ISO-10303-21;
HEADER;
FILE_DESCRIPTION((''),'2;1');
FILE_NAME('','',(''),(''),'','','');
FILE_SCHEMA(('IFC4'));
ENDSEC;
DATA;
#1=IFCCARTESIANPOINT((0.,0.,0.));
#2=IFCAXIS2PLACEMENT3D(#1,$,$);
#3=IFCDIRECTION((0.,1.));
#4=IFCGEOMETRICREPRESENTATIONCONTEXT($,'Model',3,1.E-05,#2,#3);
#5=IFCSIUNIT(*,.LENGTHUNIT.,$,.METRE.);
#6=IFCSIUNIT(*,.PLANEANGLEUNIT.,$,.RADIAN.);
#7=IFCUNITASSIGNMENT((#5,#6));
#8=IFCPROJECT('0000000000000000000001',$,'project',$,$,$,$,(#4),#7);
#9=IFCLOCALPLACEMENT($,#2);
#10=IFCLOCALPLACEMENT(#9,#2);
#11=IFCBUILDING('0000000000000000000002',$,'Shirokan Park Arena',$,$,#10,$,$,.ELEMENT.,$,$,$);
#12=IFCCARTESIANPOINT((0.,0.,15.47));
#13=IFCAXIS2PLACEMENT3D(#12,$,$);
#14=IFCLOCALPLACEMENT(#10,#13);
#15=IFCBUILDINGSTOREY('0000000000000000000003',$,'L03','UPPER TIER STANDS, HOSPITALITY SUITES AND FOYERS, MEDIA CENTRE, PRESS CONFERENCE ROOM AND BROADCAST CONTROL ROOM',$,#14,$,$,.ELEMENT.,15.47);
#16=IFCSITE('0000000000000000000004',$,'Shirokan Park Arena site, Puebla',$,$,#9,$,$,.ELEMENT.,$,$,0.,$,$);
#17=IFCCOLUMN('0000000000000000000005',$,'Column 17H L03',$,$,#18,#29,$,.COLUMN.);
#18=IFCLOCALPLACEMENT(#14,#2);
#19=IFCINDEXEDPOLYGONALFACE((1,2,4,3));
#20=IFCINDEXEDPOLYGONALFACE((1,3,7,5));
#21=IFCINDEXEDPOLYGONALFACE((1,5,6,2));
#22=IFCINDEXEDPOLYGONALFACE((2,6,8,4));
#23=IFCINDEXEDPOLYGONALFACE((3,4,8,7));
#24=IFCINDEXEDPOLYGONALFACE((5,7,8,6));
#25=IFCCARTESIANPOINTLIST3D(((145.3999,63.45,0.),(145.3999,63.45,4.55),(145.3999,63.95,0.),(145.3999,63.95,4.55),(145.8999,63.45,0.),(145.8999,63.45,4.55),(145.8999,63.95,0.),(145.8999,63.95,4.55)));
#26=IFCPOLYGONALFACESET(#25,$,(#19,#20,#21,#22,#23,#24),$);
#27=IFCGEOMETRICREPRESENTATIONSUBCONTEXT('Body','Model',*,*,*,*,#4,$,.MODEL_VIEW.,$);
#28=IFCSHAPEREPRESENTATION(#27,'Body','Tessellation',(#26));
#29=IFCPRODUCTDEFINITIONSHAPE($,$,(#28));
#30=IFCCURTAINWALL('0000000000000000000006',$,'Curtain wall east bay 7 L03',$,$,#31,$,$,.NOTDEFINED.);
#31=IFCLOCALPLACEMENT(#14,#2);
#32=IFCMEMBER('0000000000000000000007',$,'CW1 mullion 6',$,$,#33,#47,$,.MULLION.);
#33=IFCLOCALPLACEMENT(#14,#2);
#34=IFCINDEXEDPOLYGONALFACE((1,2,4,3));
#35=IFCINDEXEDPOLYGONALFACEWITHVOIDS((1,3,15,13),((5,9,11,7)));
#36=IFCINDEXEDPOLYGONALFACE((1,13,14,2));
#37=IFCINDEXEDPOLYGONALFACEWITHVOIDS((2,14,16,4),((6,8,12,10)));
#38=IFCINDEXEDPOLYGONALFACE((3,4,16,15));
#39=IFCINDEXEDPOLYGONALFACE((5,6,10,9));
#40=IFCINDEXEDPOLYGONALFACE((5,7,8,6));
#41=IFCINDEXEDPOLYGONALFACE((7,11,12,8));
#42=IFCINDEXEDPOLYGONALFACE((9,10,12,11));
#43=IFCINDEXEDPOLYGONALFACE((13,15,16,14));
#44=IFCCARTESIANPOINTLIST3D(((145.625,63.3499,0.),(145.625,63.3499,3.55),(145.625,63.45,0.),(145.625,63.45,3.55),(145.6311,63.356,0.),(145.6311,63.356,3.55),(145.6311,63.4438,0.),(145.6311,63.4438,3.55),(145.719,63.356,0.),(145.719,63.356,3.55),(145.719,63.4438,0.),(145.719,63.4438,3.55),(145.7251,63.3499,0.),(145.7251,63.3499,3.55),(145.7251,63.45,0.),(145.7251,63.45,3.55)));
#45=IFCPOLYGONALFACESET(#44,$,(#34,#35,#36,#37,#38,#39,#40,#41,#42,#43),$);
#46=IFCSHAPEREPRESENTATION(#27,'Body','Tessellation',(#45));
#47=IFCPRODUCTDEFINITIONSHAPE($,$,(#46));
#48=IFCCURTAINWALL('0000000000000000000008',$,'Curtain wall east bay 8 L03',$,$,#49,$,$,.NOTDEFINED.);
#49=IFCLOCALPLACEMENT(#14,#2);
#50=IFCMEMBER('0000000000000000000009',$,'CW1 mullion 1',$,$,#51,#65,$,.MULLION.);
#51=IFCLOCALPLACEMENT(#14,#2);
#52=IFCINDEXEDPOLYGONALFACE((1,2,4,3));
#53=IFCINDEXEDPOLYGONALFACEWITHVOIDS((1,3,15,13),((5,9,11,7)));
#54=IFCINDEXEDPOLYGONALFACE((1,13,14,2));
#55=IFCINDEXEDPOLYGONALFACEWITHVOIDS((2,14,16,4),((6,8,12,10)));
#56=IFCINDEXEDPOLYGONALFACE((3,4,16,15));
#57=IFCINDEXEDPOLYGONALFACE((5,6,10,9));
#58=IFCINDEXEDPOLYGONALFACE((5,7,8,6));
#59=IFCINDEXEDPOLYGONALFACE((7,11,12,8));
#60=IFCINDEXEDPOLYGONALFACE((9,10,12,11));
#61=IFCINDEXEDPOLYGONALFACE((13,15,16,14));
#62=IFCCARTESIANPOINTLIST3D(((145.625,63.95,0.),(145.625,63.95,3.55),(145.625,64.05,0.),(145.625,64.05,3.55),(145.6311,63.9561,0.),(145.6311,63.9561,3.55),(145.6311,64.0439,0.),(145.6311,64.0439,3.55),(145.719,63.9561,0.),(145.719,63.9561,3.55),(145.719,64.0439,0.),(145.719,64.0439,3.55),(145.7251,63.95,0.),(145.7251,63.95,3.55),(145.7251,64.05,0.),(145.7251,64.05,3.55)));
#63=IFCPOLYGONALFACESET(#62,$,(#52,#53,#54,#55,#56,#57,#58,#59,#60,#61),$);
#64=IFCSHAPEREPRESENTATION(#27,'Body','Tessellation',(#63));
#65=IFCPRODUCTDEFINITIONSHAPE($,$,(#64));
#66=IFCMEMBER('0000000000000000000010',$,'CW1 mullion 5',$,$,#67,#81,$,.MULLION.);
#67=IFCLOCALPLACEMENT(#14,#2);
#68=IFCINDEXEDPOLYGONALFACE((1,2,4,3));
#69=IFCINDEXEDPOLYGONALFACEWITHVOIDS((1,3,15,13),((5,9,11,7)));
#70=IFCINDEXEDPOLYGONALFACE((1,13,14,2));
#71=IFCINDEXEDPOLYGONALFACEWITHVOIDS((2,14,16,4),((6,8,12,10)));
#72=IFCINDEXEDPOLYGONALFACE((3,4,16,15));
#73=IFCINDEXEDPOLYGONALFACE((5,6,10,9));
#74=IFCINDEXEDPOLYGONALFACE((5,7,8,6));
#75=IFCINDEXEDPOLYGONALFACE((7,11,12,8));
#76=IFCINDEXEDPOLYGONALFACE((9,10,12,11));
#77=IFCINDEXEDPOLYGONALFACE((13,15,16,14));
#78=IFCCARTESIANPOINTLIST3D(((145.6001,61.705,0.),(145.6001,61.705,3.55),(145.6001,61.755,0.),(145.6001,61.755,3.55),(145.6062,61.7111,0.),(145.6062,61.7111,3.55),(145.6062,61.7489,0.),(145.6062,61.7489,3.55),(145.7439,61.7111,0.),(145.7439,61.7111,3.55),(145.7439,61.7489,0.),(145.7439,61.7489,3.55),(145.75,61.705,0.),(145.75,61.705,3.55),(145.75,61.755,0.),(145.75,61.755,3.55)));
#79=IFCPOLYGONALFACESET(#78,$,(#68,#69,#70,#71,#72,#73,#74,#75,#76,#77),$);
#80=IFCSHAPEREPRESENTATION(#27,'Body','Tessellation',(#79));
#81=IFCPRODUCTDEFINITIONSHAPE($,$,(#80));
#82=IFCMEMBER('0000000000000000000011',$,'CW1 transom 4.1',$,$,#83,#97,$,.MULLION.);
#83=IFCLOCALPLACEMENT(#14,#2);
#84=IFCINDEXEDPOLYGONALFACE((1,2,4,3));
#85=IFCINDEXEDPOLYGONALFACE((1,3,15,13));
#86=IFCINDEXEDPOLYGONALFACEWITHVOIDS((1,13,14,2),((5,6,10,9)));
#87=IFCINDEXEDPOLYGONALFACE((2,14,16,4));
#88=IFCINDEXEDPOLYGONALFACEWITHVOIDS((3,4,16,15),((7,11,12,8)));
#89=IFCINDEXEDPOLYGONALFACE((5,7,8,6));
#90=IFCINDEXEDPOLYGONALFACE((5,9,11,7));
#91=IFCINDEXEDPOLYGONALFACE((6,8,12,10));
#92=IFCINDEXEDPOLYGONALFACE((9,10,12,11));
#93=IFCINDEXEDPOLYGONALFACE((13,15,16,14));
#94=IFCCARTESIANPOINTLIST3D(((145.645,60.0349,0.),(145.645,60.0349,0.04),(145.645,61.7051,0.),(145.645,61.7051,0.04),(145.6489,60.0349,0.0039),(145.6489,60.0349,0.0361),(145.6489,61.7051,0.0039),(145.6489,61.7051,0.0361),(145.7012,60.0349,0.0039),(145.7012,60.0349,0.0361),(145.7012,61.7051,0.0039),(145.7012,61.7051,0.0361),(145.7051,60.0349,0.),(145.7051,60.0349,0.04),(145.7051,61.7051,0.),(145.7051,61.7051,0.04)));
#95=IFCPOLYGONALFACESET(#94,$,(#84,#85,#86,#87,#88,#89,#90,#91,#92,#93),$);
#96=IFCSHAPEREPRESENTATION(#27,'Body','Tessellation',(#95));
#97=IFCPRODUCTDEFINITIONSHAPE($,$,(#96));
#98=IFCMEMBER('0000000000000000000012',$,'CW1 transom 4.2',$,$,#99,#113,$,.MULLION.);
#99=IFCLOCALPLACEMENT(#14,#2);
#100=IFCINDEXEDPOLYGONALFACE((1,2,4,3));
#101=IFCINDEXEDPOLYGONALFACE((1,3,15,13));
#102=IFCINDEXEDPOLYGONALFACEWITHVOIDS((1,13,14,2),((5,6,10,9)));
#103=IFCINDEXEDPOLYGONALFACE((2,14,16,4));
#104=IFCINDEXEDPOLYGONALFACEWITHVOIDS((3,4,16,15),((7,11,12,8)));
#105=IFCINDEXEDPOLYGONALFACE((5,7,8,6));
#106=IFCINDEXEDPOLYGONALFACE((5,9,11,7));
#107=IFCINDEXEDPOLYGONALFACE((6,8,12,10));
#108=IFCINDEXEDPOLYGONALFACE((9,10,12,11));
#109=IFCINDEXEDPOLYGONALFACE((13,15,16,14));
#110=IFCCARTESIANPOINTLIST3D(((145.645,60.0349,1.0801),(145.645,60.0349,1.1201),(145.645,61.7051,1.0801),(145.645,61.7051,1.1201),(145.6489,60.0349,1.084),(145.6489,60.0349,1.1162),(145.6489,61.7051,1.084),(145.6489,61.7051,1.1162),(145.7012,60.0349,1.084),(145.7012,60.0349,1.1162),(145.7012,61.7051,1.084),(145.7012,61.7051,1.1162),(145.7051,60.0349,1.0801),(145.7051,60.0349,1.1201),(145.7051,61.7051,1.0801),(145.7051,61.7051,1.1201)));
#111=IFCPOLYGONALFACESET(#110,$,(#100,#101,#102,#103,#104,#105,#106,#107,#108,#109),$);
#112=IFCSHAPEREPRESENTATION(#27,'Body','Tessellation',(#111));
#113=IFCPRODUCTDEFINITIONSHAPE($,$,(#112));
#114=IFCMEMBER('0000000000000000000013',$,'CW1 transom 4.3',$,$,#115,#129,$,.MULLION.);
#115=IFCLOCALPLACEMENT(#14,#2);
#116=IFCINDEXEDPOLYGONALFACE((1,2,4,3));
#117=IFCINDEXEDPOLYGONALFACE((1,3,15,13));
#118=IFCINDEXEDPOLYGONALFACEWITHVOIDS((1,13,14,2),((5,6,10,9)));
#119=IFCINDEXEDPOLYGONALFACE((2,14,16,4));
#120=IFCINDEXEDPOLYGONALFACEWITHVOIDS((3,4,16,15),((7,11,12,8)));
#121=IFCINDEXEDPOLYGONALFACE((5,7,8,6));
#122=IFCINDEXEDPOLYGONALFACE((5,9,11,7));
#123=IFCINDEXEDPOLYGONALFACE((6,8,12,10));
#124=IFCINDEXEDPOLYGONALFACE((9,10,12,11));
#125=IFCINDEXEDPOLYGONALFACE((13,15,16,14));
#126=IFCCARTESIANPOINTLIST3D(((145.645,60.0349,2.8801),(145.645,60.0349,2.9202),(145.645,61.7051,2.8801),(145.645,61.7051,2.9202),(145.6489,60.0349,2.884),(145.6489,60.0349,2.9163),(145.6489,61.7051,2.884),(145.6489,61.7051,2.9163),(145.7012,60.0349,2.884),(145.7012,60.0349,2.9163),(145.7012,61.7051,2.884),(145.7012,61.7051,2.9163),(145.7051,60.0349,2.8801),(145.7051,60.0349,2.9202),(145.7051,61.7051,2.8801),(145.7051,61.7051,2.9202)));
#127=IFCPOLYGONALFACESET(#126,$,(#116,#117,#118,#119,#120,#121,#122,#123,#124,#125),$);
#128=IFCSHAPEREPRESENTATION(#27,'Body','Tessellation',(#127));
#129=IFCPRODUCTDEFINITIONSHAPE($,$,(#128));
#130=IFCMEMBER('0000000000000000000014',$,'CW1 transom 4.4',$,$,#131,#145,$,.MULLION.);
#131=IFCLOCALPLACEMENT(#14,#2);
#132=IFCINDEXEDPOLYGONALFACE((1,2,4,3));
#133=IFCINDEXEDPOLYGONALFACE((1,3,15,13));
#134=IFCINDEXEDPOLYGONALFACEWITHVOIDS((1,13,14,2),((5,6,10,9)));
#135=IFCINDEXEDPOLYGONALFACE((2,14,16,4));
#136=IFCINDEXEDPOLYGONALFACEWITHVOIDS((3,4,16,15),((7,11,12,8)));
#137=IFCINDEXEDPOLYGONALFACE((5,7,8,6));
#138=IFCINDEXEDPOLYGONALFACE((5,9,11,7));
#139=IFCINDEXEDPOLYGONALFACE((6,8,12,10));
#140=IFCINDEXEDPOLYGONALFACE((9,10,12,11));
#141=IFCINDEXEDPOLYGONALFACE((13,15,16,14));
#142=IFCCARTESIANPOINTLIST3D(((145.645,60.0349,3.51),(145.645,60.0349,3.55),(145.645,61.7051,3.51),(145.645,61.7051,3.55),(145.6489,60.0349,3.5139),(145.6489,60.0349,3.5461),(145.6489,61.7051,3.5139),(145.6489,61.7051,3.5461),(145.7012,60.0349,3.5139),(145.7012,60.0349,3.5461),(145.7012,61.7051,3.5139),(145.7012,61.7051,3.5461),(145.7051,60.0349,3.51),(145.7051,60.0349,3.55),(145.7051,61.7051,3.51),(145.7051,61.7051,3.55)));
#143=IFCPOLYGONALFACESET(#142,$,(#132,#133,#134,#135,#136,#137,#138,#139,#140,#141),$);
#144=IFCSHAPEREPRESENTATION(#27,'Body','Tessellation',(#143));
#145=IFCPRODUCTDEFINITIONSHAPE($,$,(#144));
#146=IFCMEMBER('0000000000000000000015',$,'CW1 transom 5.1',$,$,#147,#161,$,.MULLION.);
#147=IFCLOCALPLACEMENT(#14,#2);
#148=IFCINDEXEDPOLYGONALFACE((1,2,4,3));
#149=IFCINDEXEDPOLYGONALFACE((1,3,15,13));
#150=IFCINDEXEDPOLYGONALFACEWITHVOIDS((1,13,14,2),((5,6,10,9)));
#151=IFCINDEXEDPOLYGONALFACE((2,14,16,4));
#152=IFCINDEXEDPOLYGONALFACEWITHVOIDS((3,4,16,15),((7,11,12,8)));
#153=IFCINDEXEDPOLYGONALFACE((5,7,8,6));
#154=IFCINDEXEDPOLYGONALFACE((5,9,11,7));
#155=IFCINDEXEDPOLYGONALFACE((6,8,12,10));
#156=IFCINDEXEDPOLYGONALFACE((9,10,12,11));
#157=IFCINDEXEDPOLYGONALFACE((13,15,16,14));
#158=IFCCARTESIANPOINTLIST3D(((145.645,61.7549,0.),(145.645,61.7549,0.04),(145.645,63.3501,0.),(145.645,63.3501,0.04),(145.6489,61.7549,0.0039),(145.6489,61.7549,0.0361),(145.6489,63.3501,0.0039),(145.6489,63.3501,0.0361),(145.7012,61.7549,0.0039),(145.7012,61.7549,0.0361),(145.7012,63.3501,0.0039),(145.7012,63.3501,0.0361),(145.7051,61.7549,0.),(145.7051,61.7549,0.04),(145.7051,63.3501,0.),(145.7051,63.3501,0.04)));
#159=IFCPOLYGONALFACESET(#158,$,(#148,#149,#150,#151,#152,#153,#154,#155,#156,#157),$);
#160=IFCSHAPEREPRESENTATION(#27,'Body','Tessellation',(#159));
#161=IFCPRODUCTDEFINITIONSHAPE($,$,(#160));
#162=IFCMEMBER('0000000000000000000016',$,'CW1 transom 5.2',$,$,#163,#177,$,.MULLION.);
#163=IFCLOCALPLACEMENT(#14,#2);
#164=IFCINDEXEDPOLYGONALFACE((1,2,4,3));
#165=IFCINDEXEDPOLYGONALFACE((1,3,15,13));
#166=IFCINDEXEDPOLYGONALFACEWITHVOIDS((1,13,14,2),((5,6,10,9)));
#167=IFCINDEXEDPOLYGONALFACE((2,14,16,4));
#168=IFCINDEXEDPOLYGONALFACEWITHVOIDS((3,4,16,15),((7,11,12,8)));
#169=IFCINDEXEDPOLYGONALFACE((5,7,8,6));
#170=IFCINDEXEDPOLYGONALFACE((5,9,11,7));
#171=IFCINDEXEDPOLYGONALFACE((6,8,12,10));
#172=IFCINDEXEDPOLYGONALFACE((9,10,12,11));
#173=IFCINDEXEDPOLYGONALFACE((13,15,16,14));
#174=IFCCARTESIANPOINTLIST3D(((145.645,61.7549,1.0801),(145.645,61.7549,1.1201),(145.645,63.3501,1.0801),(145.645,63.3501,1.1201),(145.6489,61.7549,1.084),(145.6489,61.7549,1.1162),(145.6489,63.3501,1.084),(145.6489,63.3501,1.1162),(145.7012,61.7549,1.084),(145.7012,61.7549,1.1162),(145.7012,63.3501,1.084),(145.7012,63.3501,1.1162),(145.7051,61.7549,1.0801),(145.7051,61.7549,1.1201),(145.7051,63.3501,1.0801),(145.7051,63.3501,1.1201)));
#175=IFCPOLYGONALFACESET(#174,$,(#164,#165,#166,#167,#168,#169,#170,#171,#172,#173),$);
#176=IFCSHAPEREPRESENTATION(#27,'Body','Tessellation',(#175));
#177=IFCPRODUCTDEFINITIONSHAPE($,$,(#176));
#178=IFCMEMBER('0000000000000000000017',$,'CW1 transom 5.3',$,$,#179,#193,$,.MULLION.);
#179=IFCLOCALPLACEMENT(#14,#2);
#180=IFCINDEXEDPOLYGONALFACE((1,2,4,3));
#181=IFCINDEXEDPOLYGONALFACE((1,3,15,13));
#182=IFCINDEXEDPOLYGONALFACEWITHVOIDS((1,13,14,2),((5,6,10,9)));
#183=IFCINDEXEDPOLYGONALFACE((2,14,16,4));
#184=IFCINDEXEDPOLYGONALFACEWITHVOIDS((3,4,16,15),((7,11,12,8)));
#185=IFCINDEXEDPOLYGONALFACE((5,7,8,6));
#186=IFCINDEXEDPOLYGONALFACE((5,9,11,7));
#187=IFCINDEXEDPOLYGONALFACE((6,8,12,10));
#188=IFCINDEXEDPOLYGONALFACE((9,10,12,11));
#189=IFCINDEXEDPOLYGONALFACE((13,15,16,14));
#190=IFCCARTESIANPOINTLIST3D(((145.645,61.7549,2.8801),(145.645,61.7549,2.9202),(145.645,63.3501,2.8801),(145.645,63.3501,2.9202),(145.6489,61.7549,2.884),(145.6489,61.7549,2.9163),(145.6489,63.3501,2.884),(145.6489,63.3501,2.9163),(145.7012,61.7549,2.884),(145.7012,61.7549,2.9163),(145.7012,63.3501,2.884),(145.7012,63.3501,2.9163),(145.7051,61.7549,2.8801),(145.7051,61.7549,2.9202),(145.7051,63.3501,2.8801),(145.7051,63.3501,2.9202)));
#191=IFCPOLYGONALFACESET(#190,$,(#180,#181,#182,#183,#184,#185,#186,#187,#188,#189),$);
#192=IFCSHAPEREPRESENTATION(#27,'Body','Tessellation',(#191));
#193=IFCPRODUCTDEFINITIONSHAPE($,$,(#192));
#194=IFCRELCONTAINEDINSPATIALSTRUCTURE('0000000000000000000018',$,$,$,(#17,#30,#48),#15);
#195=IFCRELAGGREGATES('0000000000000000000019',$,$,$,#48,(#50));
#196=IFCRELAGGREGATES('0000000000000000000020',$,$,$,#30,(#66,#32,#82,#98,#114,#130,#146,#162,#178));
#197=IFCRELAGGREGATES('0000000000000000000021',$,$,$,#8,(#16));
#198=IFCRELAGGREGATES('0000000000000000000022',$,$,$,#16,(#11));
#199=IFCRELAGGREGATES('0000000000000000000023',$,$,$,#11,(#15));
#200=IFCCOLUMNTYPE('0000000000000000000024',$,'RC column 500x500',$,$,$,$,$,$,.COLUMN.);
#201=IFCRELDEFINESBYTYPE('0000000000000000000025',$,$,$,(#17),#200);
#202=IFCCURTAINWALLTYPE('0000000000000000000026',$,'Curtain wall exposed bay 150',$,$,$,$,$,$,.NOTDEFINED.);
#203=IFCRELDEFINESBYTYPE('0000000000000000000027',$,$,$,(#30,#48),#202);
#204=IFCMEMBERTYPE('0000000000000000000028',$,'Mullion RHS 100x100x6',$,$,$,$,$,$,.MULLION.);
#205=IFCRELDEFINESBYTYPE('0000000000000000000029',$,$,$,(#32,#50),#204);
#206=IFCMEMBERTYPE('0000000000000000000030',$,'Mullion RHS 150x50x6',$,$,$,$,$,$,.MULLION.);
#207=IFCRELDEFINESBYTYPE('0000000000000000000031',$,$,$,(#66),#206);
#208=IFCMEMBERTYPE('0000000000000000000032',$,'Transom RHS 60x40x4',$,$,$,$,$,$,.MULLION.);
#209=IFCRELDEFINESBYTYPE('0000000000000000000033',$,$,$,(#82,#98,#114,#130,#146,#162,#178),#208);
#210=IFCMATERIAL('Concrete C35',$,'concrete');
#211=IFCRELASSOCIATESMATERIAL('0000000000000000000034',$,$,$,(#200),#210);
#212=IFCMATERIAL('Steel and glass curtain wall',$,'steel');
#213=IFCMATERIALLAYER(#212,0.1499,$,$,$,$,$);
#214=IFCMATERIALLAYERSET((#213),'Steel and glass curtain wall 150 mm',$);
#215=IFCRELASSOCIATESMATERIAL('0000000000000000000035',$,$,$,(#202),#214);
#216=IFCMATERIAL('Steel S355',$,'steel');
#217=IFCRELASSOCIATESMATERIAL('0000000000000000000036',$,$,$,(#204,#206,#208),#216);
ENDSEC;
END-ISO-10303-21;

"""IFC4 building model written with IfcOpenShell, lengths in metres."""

from ifc_helpers import new_model, si_unit, direction, frame, origin, origin_2d, place, context, subcontext, project, spatial, rectangle, hollow_rectangle, extrude, material, layer, layer_set, material_profile, profile_set, type_object, element, aggregate, save


model = new_model("IFC4")

# Units and contexts
model_context = context("Model", 3, precision=1e-05, world=origin(), true_north=direction((0.0, 1.0)))
body_context = subcontext(model_context, "Body", "Model", "MODEL_VIEW")
ifc_project = project(units=[si_unit("LENGTHUNIT", "METRE"), si_unit("PLANEANGLEUNIT", "RADIAN")], contexts=[model_context])

# Site, building, storey
site_placement = place(None, origin())
site = spatial("IfcSite", under=ifc_project, at=site_placement, Name="Shirokan Park Arena site, Puebla", CompositionType="ELEMENT", RefElevation=0.0)
building_placement = place(site_placement, origin())
building = spatial("IfcBuilding", under=site, at=building_placement, Name="Shirokan Park Arena", CompositionType="ELEMENT")
storey_placement = place(building_placement, frame((0.0, 0.0, 15.47)))
storey = spatial("IfcBuildingStorey", under=building, at=storey_placement, Name="L03", Description="UPPER TIER STANDS, HOSPITALITY SUITES AND FOYERS, MEDIA CENTRE, PRESS CONFERENCE ROOM AND BROADCAST CONTROL ROOM", CompositionType="ELEMENT", Elevation=15.47)

# Column
ifc_material_1 = material(Name="Concrete C35", Category="concrete")
ifc_material_profile_1 = material_profile(ifc_material_1, rectangle(XDim=0.5, YDim=0.5, at=origin_2d()), Name="500x500")
ifc_profile_set_1 = profile_set([ifc_material_profile_1], Name="Concrete C35")
column_type = type_object("IfcColumnType", Name="RC column 500x500", PredefinedType="COLUMN", material=ifc_profile_set_1)
column_placement = place(storey_placement, frame((145.6499, 63.7, 0.0), z_axis=(0.0, 0.0, 1.0), x_axis=(1.0, 0.0, 0.0)))
element("IfcColumn", 1, at=column_placement, inside=storey, type_object=column_type, Name="Column 17H L03", PredefinedType="COLUMN", context=body_context, shape_type="SweptSolid", body=[
    extrude(rectangle(XDim=0.5, YDim=0.5, at=origin_2d()), origin(), (0.0, 0.0, 1.0), 4.55),
])

# Curtain walls, members
ifc_material_2 = material(Name="Steel and glass curtain wall", Category="steel")
ifc_layer_1 = layer(ifc_material_2, 0.1499)
ifc_layer_set_1 = layer_set([ifc_layer_1], Name="Steel and glass curtain wall 150 mm")
curtain_wall_type = type_object("IfcCurtainWallType", Name="Curtain wall exposed bay 150", PredefinedType="NOTDEFINED", material=ifc_layer_set_1)
curtain_wall_1_placement = place(storey_placement, origin())
curtain_wall_1 = element("IfcCurtainWall", 2, at=curtain_wall_1_placement, inside=storey, type_object=curtain_wall_type, Name="Curtain wall east bay 7 L03", PredefinedType="NOTDEFINED")
ifc_material_3 = material(Name="Steel S355", Category="steel")
ifc_material_profile_2 = material_profile(ifc_material_3, hollow_rectangle(XDim=0.1001, YDim=0.1001, WallThickness=0.0061, at=origin_2d()), Name="RHS 100x100x6")
ifc_profile_set_2 = profile_set([ifc_material_profile_2], Name="Steel S355")
member_type_1 = type_object("IfcMemberType", Name="Mullion RHS 100x100x6", PredefinedType="MULLION", material=ifc_profile_set_2)
member_1_placement = place(storey_placement, frame((145.675, 63.3999, 0.0), z_axis=(0.0, 0.0, 1.0), x_axis=(-1.0, 0.0, 0.0)))
member_1 = element("IfcMember", 3, at=member_1_placement, type_object=member_type_1, Name="CW1 mullion 6", PredefinedType="MULLION", context=body_context, shape_type="SweptSolid", body=[
    extrude(hollow_rectangle(XDim=0.1001, YDim=0.1001, WallThickness=0.0061, at=origin_2d()), origin(), (0.0, 0.0, 1.0), 3.55),
])
curtain_wall_2_placement = place(storey_placement, origin())
curtain_wall_2 = element("IfcCurtainWall", 4, at=curtain_wall_2_placement, inside=storey, type_object=curtain_wall_type, Name="Curtain wall east bay 8 L03", PredefinedType="NOTDEFINED")
member_2_placement = place(storey_placement, frame((145.675, 64.0, 0.0), z_axis=(0.0, 0.0, 1.0), x_axis=(-1.0, 0.0, 0.0)))
member_2 = element("IfcMember", 5, at=member_2_placement, type_object=member_type_1, Name="CW1 mullion 1", PredefinedType="MULLION", context=body_context, shape_type="SweptSolid", body=[
    extrude(hollow_rectangle(XDim=0.1001, YDim=0.1001, WallThickness=0.0061, at=origin_2d()), origin(), (0.0, 0.0, 1.0), 3.55),
])
aggregate(curtain_wall_2, [member_2])

# Members
ifc_material_profile_3 = material_profile(ifc_material_3, hollow_rectangle(XDim=0.1499, YDim=0.05, WallThickness=0.0061, at=origin_2d()), Name="RHS 150x50x6")
ifc_profile_set_3 = profile_set([ifc_material_profile_3], Name="Steel S355")
member_type_2 = type_object("IfcMemberType", Name="Mullion RHS 150x50x6", PredefinedType="MULLION", material=ifc_profile_set_3)
member_3_placement = place(storey_placement, frame((145.675, 61.73, 0.0), z_axis=(0.0, 0.0, 1.0), x_axis=(-1.0, 0.0, 0.0)))
member_3 = element("IfcMember", 6, at=member_3_placement, type_object=member_type_2, Name="CW1 mullion 5", PredefinedType="MULLION", context=body_context, shape_type="SweptSolid", body=[
    extrude(hollow_rectangle(XDim=0.1499, YDim=0.05, WallThickness=0.0061, at=origin_2d()), origin(), (0.0, 0.0, 1.0), 3.55),
])
ifc_material_profile_4 = material_profile(ifc_material_3, hollow_rectangle(XDim=0.0601, YDim=0.04, WallThickness=0.0039, at=origin_2d()), Name="RHS 60x40x4")
ifc_profile_set_4 = profile_set([ifc_material_profile_4], Name="Steel S355")
member_type_3 = type_object("IfcMemberType", Name="Transom RHS 60x40x4", PredefinedType="MULLION", material=ifc_profile_set_4)
member_4_placement = place(storey_placement, frame((145.675, 60.0349, 0.02), z_axis=(0.0, 1.0, 0.0), x_axis=(-1.0, 0.0, 0.0)))
member_4 = element("IfcMember", 7, at=member_4_placement, type_object=member_type_3, Name="CW1 transom 4.1", PredefinedType="MULLION", context=body_context, shape_type="SweptSolid", body=[
    extrude(hollow_rectangle(XDim=0.0601, YDim=0.04, WallThickness=0.0039, at=origin_2d()), origin(), (0.0, 0.0, 1.0), 1.6702),
])
member_5_placement = place(storey_placement, frame((145.675, 60.0349, 1.1001), z_axis=(0.0, 1.0, 0.0), x_axis=(-1.0, 0.0, 0.0)))
member_5 = element("IfcMember", 8, at=member_5_placement, type_object=member_type_3, Name="CW1 transom 4.2", PredefinedType="MULLION", context=body_context, shape_type="SweptSolid", body=[
    extrude(hollow_rectangle(XDim=0.0601, YDim=0.04, WallThickness=0.0039, at=origin_2d()), origin(), (0.0, 0.0, 1.0), 1.6702),
])
member_6_placement = place(storey_placement, frame((145.675, 60.0349, 2.9001), z_axis=(0.0, 1.0, 0.0), x_axis=(-1.0, 0.0, 0.0)))
member_6 = element("IfcMember", 9, at=member_6_placement, type_object=member_type_3, Name="CW1 transom 4.3", PredefinedType="MULLION", context=body_context, shape_type="SweptSolid", body=[
    extrude(hollow_rectangle(XDim=0.0601, YDim=0.04, WallThickness=0.0039, at=origin_2d()), origin(), (0.0, 0.0, 1.0), 1.6702),
])
member_7_placement = place(storey_placement, frame((145.675, 60.0349, 3.53), z_axis=(0.0, 1.0, 0.0), x_axis=(-1.0, 0.0, 0.0)))
member_7 = element("IfcMember", 10, at=member_7_placement, type_object=member_type_3, Name="CW1 transom 4.4", PredefinedType="MULLION", context=body_context, shape_type="SweptSolid", body=[
    extrude(hollow_rectangle(XDim=0.0601, YDim=0.04, WallThickness=0.0039, at=origin_2d()), origin(), (0.0, 0.0, 1.0), 1.6702),
])
member_8_placement = place(storey_placement, frame((145.675, 61.7549, 0.02), z_axis=(0.0, 1.0, 0.0), x_axis=(-1.0, 0.0, 0.0)))
member_8 = element("IfcMember", 11, at=member_8_placement, type_object=member_type_3, Name="CW1 transom 5.1", PredefinedType="MULLION", context=body_context, shape_type="SweptSolid", body=[
    extrude(hollow_rectangle(XDim=0.0601, YDim=0.04, WallThickness=0.0039, at=origin_2d()), origin(), (0.0, 0.0, 1.0), 1.5952),
])
member_9_placement = place(storey_placement, frame((145.675, 61.7549, 1.1001), z_axis=(0.0, 1.0, 0.0), x_axis=(-1.0, 0.0, 0.0)))
member_9 = element("IfcMember", 12, at=member_9_placement, type_object=member_type_3, Name="CW1 transom 5.2", PredefinedType="MULLION", context=body_context, shape_type="SweptSolid", body=[
    extrude(hollow_rectangle(XDim=0.0601, YDim=0.04, WallThickness=0.0039, at=origin_2d()), origin(), (0.0, 0.0, 1.0), 1.5952),
])
member_10_placement = place(storey_placement, frame((145.675, 61.7549, 2.9001), z_axis=(0.0, 1.0, 0.0), x_axis=(-1.0, 0.0, 0.0)))
member_10 = element("IfcMember", 13, at=member_10_placement, type_object=member_type_3, Name="CW1 transom 5.3", PredefinedType="MULLION", context=body_context, shape_type="SweptSolid", body=[
    extrude(hollow_rectangle(XDim=0.0601, YDim=0.04, WallThickness=0.0039, at=origin_2d()), origin(), (0.0, 0.0, 1.0), 1.5952),
])

aggregate(curtain_wall_1, [member_3, member_1, member_4, member_5, member_6, member_7, member_8, member_9, member_10])

save(model, "model.ifc")
